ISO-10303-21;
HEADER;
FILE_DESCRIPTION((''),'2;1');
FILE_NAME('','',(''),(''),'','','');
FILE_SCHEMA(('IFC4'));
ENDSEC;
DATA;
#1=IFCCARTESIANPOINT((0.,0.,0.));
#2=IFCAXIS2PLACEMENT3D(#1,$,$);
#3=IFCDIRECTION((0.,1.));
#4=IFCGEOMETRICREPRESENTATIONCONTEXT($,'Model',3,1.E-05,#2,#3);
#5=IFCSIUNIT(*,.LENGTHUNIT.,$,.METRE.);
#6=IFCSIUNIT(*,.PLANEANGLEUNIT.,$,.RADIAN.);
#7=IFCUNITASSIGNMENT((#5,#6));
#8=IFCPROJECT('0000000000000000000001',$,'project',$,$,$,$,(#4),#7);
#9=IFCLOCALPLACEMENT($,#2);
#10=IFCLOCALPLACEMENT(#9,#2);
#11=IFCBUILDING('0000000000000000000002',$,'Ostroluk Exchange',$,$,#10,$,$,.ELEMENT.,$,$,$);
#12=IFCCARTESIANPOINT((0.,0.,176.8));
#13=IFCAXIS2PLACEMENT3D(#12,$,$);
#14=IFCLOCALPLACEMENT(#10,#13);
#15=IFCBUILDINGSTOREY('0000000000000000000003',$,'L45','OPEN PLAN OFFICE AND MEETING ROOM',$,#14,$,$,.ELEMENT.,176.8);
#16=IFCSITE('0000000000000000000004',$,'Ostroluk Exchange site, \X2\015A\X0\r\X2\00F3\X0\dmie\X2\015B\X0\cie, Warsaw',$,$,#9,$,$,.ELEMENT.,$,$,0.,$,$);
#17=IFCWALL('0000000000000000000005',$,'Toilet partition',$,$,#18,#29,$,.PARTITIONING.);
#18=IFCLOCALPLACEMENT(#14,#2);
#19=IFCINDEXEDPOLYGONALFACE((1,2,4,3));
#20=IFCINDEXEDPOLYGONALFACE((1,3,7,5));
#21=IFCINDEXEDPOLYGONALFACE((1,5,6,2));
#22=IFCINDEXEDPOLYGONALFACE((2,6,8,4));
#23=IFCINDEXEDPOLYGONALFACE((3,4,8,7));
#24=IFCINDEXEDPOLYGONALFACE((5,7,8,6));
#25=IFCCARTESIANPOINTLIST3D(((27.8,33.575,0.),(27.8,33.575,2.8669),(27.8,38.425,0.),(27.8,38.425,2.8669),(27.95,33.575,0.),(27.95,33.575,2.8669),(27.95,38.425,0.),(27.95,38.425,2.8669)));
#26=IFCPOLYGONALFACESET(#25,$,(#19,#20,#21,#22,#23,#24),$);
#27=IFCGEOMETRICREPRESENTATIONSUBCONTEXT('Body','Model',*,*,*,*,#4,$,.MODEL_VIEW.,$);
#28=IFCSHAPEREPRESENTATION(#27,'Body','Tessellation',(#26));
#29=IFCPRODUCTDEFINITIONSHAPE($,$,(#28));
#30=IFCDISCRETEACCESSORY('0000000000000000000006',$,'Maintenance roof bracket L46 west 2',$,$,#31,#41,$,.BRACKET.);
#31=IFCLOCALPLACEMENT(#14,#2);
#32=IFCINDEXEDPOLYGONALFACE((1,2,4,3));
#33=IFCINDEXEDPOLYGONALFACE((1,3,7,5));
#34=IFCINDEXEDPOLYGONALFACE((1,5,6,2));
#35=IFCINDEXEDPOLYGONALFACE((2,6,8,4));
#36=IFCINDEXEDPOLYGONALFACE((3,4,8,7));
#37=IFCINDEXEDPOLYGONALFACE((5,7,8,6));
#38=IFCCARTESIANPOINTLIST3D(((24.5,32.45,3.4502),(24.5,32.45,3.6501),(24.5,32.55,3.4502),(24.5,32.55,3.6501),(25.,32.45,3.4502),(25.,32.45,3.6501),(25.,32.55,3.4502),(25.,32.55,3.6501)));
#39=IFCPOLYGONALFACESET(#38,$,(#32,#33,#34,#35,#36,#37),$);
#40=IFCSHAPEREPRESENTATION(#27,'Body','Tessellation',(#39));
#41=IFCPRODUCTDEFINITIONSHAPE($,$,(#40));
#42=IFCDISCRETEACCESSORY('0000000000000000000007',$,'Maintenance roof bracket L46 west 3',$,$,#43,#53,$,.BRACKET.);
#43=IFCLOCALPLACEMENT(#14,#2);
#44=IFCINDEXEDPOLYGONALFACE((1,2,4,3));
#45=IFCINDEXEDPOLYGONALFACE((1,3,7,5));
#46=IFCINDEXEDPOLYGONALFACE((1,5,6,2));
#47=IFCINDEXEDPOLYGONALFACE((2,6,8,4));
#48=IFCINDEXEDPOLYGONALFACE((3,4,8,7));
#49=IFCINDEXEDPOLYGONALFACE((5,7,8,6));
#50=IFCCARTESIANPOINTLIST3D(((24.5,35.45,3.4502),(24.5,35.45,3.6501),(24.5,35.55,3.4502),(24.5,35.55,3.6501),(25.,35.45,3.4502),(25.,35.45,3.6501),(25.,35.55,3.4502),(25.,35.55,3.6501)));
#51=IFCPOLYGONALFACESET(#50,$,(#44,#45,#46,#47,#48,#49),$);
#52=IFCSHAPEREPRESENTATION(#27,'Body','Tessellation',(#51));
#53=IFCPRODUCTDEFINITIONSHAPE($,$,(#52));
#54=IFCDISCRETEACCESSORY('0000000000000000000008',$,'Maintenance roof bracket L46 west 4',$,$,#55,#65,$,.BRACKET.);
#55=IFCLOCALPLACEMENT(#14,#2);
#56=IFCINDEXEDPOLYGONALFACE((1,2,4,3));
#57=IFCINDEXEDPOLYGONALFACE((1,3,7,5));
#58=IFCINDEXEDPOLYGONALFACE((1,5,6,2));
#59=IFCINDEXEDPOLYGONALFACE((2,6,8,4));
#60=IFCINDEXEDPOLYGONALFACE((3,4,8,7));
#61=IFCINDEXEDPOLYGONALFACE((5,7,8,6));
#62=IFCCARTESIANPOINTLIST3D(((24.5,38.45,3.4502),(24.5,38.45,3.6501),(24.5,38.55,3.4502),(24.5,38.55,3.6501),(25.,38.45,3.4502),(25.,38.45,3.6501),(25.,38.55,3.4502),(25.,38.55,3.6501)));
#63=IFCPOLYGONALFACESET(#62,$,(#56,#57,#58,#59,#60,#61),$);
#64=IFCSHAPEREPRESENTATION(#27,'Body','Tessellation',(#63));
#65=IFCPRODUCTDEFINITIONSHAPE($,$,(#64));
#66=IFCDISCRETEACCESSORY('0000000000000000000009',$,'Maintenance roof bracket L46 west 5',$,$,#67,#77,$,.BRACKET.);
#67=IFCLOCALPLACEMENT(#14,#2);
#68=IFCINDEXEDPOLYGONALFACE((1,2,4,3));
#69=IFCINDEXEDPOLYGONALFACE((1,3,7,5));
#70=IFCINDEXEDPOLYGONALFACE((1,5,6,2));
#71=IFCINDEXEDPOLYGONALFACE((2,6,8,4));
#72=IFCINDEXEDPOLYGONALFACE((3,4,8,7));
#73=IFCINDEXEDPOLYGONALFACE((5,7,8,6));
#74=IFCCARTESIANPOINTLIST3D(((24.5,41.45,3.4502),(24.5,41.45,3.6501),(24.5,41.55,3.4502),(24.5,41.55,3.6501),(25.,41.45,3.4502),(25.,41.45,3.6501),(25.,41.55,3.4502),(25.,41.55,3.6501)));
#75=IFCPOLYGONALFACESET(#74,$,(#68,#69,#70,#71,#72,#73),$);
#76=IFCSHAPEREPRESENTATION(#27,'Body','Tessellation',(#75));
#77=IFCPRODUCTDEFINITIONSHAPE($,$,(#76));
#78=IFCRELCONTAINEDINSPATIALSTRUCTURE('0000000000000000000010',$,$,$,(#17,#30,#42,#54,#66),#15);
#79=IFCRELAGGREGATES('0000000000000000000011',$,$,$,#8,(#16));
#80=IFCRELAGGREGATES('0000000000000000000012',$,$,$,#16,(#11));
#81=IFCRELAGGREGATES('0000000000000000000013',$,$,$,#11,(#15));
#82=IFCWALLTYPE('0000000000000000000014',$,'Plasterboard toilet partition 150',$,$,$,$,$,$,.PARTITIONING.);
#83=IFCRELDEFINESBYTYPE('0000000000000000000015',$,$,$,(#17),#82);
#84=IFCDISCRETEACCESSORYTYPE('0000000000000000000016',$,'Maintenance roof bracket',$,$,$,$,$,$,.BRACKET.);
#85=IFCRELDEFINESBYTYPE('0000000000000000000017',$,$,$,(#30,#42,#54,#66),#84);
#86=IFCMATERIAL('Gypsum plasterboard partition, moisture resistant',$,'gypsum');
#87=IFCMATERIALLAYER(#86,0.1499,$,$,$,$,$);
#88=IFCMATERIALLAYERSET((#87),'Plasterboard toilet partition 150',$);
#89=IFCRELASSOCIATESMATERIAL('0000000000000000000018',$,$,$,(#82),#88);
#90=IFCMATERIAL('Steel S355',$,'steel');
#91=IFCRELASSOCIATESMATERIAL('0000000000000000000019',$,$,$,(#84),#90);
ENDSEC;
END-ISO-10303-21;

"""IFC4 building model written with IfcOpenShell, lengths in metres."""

from ifc_helpers import new_model, si_unit, direction, frame, frame_2d, origin, origin_2d, place, context, subcontext, project, spatial, rectangle, extrude, material, layer, layer_set, type_object, element, save


model = new_model("IFC4")

# Units and contexts
model_context = context("Model", 3, precision=1e-05, world=origin(), true_north=direction((0.0, 1.0)))
body_context = subcontext(model_context, "Body", "Model", "MODEL_VIEW")
ifc_project = project(units=[si_unit("LENGTHUNIT", "METRE"), si_unit("PLANEANGLEUNIT", "RADIAN")], contexts=[model_context])

# Site, building, storey
site_placement = place(None, origin())
site = spatial("IfcSite", under=ifc_project, at=site_placement, Name="Ostroluk Exchange site, Śródmieście, Warsaw", CompositionType="ELEMENT", RefElevation=0.0)
building_placement = place(site_placement, origin())
building = spatial("IfcBuilding", under=site, at=building_placement, Name="Ostroluk Exchange", CompositionType="ELEMENT")
storey_placement = place(building_placement, frame((0.0, 0.0, 176.8)))
storey = spatial("IfcBuildingStorey", under=building, at=storey_placement, Name="L45", Description="OPEN PLAN OFFICE AND MEETING ROOM", CompositionType="ELEMENT", Elevation=176.8)

# Wall
ifc_material_1 = material(Name="Gypsum plasterboard partition, moisture resistant", Category="gypsum")
ifc_layer_1 = layer(ifc_material_1, 0.1499)
ifc_layer_set_1 = layer_set([ifc_layer_1], Name="Plasterboard toilet partition 150")
wall_type_1 = type_object("IfcWallType", Name="Plasterboard toilet partition 150", PredefinedType="PARTITIONING", material=ifc_layer_set_1)
for number, where, z_axis, x_axis, name in (
    (1, (27.875, 38.425, 0.0), (0.0, 0.0, 1.0), (0.0, -1.0, 0.0), "Toilet partition"),
):
    element("IfcWall", number, at=place(storey_placement, frame(where, z_axis=z_axis, x_axis=x_axis)), inside=storey, type_object=wall_type_1, Name=name, PredefinedType="PARTITIONING", context=body_context, shape_type="SweptSolid", body=[
        extrude(rectangle(XDim=4.8501, YDim=0.1499, at=frame_2d((2.425, 0.0))), origin(), (0.0, 0.0, 1.0), 2.8669),
    ])

# Discrete accessories
ifc_material_2 = material(Name="Steel S355", Category="steel")
discrete_accessory_type = type_object("IfcDiscreteAccessoryType", Name="Maintenance roof bracket", PredefinedType="BRACKET", material=ifc_material_2)
for number, where, z_axis, x_axis, name in (
    (2, (24.75, 32.5, 3.4502), (0.0, 0.0, 1.0), (1.0, 0.0, 0.0), "Maintenance roof bracket L46 west 2"),
    (3, (24.75, 35.5, 3.4502), (0.0, 0.0, 1.0), (1.0, 0.0, 0.0), "Maintenance roof bracket L46 west 3"),
    (4, (24.75, 38.5, 3.4502), (0.0, 0.0, 1.0), (1.0, 0.0, 0.0), "Maintenance roof bracket L46 west 4"),
    (5, (24.75, 41.5, 3.4502), (0.0, 0.0, 1.0), (1.0, 0.0, 0.0), "Maintenance roof bracket L46 west 5"),
):
    element("IfcDiscreteAccessory", number, at=place(storey_placement, frame(where, z_axis=z_axis, x_axis=x_axis)), inside=storey, type_object=discrete_accessory_type, Name=name, PredefinedType="BRACKET", context=body_context, shape_type="SweptSolid", body=[
        extrude(rectangle(XDim=0.5, YDim=0.1001, at=origin_2d()), origin(), (0.0, 0.0, 1.0), 0.2),
    ])

save(model, "model.ifc")
